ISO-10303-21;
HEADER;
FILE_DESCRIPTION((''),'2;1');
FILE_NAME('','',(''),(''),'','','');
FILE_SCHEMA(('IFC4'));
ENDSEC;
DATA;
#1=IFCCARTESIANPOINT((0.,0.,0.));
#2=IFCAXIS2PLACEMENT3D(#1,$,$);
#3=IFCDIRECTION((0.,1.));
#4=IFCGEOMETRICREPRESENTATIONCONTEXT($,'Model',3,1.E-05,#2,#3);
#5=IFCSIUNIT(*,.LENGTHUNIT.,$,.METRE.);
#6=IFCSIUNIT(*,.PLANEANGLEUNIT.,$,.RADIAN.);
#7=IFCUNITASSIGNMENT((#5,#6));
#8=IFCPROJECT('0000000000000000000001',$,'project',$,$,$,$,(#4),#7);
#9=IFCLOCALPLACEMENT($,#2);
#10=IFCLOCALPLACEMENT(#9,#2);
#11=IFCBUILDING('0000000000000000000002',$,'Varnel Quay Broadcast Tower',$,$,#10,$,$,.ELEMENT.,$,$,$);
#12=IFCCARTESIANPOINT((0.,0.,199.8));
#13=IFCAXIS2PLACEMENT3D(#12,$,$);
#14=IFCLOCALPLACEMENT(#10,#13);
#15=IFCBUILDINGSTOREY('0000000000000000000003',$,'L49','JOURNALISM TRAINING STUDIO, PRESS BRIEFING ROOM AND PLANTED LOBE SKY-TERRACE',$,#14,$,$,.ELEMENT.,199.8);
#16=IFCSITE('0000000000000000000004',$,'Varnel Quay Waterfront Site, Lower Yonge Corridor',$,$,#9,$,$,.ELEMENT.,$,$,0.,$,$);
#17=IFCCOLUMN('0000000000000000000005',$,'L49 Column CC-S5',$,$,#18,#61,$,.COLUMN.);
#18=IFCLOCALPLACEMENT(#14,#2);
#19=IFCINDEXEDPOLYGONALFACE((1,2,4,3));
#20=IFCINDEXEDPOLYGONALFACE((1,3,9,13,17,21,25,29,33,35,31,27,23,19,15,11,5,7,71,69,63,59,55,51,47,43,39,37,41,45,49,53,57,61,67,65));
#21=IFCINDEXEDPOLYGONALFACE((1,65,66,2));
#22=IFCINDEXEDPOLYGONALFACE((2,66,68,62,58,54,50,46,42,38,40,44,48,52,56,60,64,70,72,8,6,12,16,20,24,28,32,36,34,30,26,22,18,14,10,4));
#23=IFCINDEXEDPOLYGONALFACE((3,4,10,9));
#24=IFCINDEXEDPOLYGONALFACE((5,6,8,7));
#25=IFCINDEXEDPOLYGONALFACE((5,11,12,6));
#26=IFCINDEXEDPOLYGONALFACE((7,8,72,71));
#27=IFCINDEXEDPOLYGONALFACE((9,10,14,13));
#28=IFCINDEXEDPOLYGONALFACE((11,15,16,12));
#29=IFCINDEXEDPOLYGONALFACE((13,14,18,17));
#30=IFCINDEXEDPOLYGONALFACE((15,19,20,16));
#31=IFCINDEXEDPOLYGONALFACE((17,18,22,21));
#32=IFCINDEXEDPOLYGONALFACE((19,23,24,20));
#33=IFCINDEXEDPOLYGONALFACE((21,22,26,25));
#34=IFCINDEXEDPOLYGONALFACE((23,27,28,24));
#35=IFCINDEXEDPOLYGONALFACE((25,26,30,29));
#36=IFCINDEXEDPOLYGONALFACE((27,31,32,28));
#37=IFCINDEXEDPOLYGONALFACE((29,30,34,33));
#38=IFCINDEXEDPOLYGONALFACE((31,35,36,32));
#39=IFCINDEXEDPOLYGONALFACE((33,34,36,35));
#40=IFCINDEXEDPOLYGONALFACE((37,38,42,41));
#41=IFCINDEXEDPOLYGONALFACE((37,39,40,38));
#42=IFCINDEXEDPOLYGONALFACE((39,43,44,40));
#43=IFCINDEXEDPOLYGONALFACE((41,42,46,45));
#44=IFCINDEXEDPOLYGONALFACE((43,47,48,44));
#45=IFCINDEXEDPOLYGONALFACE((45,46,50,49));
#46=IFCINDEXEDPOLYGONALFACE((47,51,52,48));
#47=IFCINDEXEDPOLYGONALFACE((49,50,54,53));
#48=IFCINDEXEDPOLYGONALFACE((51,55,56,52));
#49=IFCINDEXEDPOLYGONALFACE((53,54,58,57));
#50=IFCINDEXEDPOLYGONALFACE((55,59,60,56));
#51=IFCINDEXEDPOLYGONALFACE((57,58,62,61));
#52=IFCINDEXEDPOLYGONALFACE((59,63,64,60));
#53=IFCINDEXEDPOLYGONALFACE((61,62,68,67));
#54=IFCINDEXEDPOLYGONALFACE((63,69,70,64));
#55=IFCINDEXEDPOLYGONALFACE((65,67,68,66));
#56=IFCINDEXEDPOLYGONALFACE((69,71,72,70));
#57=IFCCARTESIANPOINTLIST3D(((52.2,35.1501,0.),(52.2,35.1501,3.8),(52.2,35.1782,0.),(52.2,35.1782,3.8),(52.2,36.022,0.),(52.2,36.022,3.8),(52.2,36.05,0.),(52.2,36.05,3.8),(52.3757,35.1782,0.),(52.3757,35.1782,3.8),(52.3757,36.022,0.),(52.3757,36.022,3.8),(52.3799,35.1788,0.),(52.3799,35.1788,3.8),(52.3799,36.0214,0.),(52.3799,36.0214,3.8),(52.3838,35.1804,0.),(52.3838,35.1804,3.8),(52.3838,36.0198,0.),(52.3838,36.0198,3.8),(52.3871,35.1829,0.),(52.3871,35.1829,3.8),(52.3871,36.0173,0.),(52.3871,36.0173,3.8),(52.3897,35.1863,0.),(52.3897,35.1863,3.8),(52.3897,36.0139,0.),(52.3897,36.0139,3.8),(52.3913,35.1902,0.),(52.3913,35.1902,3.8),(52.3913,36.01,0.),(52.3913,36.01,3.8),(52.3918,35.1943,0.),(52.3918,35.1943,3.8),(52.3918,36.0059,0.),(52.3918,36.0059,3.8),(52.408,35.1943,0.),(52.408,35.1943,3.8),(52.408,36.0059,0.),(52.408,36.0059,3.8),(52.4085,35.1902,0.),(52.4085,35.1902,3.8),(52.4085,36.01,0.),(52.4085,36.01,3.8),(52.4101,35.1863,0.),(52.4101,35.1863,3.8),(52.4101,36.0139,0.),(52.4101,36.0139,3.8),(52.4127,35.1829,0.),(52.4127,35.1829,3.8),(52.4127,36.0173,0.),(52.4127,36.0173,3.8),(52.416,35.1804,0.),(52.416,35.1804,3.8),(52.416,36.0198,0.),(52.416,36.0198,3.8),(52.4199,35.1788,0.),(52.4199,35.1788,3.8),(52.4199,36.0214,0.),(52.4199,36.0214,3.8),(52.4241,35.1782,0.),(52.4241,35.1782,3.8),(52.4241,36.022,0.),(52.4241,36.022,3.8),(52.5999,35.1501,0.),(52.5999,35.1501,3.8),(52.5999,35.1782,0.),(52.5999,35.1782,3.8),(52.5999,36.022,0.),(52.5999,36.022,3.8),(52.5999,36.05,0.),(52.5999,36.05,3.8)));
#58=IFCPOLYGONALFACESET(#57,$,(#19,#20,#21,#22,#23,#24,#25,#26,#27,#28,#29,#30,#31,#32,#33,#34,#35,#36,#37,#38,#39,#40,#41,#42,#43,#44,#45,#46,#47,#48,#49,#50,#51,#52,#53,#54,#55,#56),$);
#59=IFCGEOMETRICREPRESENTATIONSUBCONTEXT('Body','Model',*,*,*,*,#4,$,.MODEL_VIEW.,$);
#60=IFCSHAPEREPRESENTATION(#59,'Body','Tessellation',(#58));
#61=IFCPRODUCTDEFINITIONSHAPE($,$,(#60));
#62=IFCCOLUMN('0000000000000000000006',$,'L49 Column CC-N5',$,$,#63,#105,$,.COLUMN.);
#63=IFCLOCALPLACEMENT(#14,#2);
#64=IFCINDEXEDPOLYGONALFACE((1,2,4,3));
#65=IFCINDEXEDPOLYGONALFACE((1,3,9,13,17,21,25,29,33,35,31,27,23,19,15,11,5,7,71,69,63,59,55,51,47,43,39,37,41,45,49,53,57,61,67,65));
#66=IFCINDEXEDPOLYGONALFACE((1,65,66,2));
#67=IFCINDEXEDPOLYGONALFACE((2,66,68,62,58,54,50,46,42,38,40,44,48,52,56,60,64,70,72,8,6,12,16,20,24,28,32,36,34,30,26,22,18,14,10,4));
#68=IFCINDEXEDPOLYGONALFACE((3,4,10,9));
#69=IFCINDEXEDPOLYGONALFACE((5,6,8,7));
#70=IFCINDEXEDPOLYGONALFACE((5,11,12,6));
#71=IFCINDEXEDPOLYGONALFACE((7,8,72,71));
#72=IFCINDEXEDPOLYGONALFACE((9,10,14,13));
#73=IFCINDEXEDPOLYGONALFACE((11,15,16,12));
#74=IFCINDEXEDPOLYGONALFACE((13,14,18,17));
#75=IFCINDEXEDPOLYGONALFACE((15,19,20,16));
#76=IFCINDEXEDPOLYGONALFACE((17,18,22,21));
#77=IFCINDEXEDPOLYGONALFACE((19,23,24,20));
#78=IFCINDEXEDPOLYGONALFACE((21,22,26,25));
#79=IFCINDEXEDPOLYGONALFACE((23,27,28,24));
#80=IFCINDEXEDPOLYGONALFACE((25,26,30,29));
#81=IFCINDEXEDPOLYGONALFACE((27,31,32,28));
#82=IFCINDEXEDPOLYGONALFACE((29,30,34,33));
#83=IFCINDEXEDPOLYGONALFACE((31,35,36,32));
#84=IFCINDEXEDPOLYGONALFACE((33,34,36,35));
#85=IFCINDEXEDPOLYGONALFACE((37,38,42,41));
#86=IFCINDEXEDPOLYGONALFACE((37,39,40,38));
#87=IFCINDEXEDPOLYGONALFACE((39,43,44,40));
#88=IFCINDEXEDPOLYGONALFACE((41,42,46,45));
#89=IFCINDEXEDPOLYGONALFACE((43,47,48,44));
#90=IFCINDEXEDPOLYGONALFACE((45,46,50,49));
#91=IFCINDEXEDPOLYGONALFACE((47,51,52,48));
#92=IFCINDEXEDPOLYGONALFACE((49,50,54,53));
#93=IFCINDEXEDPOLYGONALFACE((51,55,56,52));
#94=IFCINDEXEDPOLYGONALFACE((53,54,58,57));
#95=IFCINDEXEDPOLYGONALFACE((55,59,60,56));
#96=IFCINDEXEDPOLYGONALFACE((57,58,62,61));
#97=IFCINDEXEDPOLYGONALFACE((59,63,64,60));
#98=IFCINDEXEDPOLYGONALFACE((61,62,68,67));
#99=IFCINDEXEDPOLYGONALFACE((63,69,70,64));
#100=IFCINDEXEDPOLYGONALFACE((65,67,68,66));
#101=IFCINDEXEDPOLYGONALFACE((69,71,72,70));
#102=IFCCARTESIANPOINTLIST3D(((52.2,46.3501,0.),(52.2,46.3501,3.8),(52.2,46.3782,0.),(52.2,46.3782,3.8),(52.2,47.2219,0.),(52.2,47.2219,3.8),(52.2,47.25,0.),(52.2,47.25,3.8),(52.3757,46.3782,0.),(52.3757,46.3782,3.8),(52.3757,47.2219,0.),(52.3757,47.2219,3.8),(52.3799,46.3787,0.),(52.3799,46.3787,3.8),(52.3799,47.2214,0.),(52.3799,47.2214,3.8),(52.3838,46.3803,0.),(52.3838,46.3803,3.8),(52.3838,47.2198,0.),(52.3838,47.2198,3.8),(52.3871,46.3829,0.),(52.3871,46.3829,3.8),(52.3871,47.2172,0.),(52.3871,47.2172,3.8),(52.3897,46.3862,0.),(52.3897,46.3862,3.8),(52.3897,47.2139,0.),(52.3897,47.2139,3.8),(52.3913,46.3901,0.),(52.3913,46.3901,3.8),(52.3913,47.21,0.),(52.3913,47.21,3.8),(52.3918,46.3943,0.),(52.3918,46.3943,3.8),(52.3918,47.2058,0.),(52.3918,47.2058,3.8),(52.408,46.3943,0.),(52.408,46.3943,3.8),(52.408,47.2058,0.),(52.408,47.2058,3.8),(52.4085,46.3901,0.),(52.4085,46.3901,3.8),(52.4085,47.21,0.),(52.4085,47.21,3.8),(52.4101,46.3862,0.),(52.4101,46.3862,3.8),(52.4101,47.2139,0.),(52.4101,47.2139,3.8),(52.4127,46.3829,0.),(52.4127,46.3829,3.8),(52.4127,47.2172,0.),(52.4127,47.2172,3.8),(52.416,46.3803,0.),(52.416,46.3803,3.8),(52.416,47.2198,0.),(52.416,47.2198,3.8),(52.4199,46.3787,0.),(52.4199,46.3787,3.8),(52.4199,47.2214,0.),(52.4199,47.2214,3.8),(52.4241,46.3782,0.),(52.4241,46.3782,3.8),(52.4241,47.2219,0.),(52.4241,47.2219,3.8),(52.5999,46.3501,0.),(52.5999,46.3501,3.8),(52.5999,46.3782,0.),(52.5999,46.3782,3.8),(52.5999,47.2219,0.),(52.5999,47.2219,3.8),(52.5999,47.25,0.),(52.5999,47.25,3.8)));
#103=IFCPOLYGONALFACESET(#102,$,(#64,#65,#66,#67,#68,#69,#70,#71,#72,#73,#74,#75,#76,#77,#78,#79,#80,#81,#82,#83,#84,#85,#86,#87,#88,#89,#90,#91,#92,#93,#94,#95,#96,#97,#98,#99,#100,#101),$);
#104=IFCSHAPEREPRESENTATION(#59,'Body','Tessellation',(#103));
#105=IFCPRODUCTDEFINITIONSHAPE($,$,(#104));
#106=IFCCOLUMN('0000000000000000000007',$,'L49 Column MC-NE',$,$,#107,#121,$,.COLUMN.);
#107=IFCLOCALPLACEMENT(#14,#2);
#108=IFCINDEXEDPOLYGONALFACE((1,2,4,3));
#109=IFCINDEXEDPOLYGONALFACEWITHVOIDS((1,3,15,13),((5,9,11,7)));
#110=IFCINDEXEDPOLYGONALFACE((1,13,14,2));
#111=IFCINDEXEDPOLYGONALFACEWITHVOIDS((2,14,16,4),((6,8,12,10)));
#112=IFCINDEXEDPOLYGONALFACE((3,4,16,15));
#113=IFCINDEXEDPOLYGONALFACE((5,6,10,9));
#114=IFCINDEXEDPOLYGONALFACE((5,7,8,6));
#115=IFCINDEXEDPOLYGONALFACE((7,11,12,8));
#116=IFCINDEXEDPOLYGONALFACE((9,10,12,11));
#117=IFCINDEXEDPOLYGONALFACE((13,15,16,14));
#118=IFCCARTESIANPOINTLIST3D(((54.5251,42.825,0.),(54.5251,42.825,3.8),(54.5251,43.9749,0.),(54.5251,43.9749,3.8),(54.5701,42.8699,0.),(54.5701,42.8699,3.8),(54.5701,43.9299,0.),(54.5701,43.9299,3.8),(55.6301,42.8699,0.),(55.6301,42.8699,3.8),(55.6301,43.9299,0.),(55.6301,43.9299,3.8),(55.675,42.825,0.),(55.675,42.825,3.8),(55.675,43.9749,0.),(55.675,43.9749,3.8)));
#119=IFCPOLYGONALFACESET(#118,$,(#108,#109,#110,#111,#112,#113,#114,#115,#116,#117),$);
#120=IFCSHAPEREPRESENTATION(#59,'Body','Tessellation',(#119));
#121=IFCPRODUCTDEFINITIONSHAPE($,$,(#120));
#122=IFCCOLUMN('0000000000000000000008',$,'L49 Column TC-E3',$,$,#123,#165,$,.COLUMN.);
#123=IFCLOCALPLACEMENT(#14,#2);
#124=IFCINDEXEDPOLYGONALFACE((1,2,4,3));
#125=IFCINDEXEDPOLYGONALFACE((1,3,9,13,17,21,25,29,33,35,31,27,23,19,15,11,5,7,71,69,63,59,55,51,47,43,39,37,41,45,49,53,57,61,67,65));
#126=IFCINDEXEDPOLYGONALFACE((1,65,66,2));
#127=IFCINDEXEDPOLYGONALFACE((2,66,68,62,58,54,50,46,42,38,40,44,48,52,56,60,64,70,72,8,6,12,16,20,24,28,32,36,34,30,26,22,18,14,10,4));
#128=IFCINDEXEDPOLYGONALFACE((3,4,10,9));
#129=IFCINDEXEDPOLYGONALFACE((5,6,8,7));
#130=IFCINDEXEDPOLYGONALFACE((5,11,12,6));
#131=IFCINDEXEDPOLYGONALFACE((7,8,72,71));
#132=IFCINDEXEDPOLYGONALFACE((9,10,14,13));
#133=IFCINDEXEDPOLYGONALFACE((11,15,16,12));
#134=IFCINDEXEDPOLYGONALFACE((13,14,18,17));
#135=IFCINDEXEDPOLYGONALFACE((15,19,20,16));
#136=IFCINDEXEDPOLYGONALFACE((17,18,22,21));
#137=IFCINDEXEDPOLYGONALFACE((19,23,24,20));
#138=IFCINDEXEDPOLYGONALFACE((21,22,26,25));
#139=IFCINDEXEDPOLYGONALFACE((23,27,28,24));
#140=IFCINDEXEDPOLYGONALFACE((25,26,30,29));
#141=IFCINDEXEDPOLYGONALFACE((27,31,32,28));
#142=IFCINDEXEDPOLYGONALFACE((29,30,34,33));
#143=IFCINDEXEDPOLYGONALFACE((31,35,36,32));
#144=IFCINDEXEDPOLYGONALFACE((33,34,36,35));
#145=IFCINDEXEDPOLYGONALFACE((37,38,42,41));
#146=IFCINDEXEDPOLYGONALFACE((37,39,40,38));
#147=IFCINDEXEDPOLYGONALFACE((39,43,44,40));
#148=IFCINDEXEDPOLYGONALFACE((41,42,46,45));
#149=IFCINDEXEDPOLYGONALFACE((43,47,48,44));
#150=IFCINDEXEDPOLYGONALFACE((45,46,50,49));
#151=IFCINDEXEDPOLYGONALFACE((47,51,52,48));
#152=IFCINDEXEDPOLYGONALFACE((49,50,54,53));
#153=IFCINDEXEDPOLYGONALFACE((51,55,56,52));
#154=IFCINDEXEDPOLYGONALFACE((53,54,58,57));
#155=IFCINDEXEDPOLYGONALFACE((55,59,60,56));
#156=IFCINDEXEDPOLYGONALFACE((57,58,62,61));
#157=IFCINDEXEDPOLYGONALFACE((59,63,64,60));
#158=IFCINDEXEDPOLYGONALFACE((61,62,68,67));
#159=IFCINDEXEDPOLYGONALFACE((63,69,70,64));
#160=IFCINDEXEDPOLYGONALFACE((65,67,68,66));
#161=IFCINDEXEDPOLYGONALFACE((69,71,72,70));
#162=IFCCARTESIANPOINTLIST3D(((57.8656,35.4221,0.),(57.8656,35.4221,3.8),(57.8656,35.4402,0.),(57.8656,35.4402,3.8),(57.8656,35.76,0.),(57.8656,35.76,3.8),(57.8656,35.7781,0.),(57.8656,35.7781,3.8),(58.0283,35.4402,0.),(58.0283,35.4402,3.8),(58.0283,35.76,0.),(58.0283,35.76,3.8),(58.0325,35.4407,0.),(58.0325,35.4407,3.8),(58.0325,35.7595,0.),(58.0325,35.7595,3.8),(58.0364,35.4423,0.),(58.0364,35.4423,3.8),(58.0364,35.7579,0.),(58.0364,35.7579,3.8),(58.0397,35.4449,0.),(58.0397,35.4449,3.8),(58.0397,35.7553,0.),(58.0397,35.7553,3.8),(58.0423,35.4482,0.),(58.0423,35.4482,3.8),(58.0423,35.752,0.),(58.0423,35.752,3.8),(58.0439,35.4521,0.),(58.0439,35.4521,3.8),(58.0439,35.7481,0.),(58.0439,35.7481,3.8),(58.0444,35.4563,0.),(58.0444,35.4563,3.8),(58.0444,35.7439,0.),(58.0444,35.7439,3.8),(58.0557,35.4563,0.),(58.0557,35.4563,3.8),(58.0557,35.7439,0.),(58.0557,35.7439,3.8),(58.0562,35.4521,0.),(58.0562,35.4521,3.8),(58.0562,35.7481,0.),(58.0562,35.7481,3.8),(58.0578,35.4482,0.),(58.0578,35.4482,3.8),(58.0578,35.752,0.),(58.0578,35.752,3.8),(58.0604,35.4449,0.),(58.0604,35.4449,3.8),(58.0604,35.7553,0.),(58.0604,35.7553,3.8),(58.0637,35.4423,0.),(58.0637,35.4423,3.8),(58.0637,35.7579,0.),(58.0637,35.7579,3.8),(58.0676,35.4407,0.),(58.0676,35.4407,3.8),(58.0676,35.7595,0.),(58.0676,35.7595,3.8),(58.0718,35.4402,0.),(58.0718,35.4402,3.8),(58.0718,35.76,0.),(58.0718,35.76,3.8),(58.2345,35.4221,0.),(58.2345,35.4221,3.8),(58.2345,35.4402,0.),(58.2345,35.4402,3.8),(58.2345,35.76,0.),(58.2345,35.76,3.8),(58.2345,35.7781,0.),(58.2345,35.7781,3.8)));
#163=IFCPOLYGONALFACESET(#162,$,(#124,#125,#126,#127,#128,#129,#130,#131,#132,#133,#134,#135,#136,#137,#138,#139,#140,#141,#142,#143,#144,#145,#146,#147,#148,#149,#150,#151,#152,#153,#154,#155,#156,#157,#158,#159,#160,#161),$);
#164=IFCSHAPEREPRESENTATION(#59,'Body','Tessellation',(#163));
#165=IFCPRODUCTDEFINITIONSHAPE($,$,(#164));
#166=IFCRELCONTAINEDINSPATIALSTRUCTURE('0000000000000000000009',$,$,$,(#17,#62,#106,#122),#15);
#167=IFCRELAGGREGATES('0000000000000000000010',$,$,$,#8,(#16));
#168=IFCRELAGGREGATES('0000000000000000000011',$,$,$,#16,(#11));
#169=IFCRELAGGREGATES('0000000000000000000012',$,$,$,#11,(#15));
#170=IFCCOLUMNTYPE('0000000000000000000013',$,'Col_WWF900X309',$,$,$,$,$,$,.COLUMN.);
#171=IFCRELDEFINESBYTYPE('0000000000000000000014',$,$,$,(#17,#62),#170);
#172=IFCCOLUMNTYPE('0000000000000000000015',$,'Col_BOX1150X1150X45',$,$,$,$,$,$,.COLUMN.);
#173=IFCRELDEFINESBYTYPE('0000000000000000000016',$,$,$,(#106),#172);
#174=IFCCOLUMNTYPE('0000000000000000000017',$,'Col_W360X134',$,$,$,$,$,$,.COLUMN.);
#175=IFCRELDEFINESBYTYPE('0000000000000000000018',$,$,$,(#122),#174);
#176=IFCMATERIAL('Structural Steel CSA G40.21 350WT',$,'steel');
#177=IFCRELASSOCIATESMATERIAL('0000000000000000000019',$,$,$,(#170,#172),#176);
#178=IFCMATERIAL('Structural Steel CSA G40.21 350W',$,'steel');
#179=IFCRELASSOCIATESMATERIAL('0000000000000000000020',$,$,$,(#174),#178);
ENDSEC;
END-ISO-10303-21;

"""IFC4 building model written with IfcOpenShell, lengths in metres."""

from ifc_helpers import new_model, si_unit, direction, frame, origin, origin_2d, place, context, subcontext, project, spatial, hollow_rectangle, i_section, extrude, source, transform, mapped, material, material_profile, profile_set, type_object, type_shapes, element, save


model = new_model("IFC4")

# Units and contexts
model_context = context("Model", 3, precision=1e-05, world=origin(), true_north=direction((0.0, 1.0)))
body_context = subcontext(model_context, "Body", "Model", "MODEL_VIEW")
ifc_project = project(units=[si_unit("LENGTHUNIT", "METRE"), si_unit("PLANEANGLEUNIT", "RADIAN")], contexts=[model_context])

# Site, building, storey
site_placement = place(None, origin())
site = spatial("IfcSite", under=ifc_project, at=site_placement, Name="Varnel Quay Waterfront Site, Lower Yonge Corridor", CompositionType="ELEMENT", RefElevation=0.0)
building_placement = place(site_placement, origin())
building = spatial("IfcBuilding", under=site, at=building_placement, Name="Varnel Quay Broadcast Tower", CompositionType="ELEMENT")
storey_placement = place(building_placement, frame((0.0, 0.0, 199.8)))
storey = spatial("IfcBuildingStorey", under=building, at=storey_placement, Name="L49", Description="JOURNALISM TRAINING STUDIO, PRESS BRIEFING ROOM AND PLANTED LOBE SKY-TERRACE", CompositionType="ELEMENT", Elevation=199.8)

# Columns
ifc_material_1 = material(Name="Structural Steel CSA G40.21 350WT", Category="steel")
ifc_material_profile_1 = material_profile(ifc_material_1, i_section(OverallWidth=0.3999, OverallDepth=0.8999, WebThickness=0.0161, FlangeThickness=0.0281, FilletRadius=0.0161, at=origin_2d()), Name="WWF900X309")
ifc_profile_set_1 = profile_set([ifc_material_profile_1], Name="Structural Steel CSA G40.21 350WT")
column_type_1 = type_object("IfcColumnType", Name="Col_WWF900X309", PredefinedType="COLUMN", material=ifc_profile_set_1)
shared_shape_1 = source(origin(), body_context, "Body", "SweptSolid", [
    extrude(i_section(OverallWidth=0.3999, OverallDepth=0.8999, WebThickness=0.0161, FlangeThickness=0.0281, FilletRadius=0.0161, at=origin_2d()), origin(), (0.0, 0.0, 1.0), 3.8),
])
type_shapes(column_type_1, [shared_shape_1])
for number, where, z_axis, x_axis, name in (
    (1, (52.3999, 35.6001, 0.0), (0.0, 0.0, 1.0), (1.0, 0.0, 0.0), "L49 Column CC-S5"),
    (2, (52.3999, 46.8, 0.0), (0.0, 0.0, 1.0), (1.0, 0.0, 0.0), "L49 Column CC-N5"),
):
    element("IfcColumn", number, at=place(storey_placement, frame(where, z_axis=z_axis, x_axis=x_axis)), inside=storey, type_object=column_type_1, Name=name, PredefinedType="COLUMN", context=body_context, shape_type="MappedRepresentation", body=[
        mapped(shared_shape_1, transform((0.0, 0.0, 0.0), x_axis=(1.0, 0.0, 0.0), y_axis=(0.0, 1.0, 0.0), z_axis=(0.0, 0.0, 1.0), scale=1.0)),
    ])
ifc_material_profile_2 = material_profile(ifc_material_1, hollow_rectangle(XDim=1.1499, YDim=1.1499, WallThickness=0.0449, at=origin_2d()), Name="BOX1150X1150X45")
ifc_profile_set_2 = profile_set([ifc_material_profile_2], Name="Structural Steel CSA G40.21 350WT")
column_type_2 = type_object("IfcColumnType", Name="Col_BOX1150X1150X45", PredefinedType="COLUMN", material=ifc_profile_set_2)
shared_shape_2 = source(origin(), body_context, "Body", "SweptSolid", [
    extrude(hollow_rectangle(XDim=1.1499, YDim=1.1499, WallThickness=0.0449, at=origin_2d()), origin(), (0.0, 0.0, 1.0), 3.8),
])
type_shapes(column_type_2, [shared_shape_2])
column_1_placement = place(storey_placement, frame((55.1001, 43.3999, 0.0), z_axis=(0.0, 0.0, 1.0), x_axis=(1.0, 0.0, 0.0)))
element("IfcColumn", 3, at=column_1_placement, inside=storey, type_object=column_type_2, Name="L49 Column MC-NE", PredefinedType="COLUMN", context=body_context, shape_type="MappedRepresentation", body=[
    mapped(shared_shape_2, transform((0.0, 0.0, 0.0), x_axis=(1.0, 0.0, 0.0), y_axis=(0.0, 1.0, 0.0), z_axis=(0.0, 0.0, 1.0), scale=1.0)),
])
ifc_material_2 = material(Name="Structural Steel CSA G40.21 350W", Category="steel")
ifc_material_profile_3 = material_profile(ifc_material_2, i_section(OverallWidth=0.3689, OverallDepth=0.356, WebThickness=0.0112, FlangeThickness=0.0181, FilletRadius=0.0161, at=origin_2d()), Name="W360X134")
ifc_profile_set_3 = profile_set([ifc_material_profile_3], Name="Structural Steel CSA G40.21 350W")
column_type_3 = type_object("IfcColumnType", Name="Col_W360X134", PredefinedType="COLUMN", material=ifc_profile_set_3)
shared_shape_3 = source(origin(), body_context, "Body", "SweptSolid", [
    extrude(i_section(OverallWidth=0.3689, OverallDepth=0.356, WebThickness=0.0112, FlangeThickness=0.0181, FilletRadius=0.0161, at=origin_2d()), origin(), (0.0, 0.0, 1.0), 3.8),
])
type_shapes(column_type_3, [shared_shape_3])
column_2_placement = place(storey_placement, frame((58.05, 35.6001, 0.0), z_axis=(0.0, 0.0, 1.0), x_axis=(1.0, 0.0, 0.0)))
element("IfcColumn", 4, at=column_2_placement, inside=storey, type_object=column_type_3, Name="L49 Column TC-E3", PredefinedType="COLUMN", context=body_context, shape_type="MappedRepresentation", body=[
    mapped(shared_shape_3, transform((0.0, 0.0, 0.0), x_axis=(1.0, 0.0, 0.0), y_axis=(0.0, 1.0, 0.0), z_axis=(0.0, 0.0, 1.0), scale=1.0)),
])

save(model, "model.ifc")
